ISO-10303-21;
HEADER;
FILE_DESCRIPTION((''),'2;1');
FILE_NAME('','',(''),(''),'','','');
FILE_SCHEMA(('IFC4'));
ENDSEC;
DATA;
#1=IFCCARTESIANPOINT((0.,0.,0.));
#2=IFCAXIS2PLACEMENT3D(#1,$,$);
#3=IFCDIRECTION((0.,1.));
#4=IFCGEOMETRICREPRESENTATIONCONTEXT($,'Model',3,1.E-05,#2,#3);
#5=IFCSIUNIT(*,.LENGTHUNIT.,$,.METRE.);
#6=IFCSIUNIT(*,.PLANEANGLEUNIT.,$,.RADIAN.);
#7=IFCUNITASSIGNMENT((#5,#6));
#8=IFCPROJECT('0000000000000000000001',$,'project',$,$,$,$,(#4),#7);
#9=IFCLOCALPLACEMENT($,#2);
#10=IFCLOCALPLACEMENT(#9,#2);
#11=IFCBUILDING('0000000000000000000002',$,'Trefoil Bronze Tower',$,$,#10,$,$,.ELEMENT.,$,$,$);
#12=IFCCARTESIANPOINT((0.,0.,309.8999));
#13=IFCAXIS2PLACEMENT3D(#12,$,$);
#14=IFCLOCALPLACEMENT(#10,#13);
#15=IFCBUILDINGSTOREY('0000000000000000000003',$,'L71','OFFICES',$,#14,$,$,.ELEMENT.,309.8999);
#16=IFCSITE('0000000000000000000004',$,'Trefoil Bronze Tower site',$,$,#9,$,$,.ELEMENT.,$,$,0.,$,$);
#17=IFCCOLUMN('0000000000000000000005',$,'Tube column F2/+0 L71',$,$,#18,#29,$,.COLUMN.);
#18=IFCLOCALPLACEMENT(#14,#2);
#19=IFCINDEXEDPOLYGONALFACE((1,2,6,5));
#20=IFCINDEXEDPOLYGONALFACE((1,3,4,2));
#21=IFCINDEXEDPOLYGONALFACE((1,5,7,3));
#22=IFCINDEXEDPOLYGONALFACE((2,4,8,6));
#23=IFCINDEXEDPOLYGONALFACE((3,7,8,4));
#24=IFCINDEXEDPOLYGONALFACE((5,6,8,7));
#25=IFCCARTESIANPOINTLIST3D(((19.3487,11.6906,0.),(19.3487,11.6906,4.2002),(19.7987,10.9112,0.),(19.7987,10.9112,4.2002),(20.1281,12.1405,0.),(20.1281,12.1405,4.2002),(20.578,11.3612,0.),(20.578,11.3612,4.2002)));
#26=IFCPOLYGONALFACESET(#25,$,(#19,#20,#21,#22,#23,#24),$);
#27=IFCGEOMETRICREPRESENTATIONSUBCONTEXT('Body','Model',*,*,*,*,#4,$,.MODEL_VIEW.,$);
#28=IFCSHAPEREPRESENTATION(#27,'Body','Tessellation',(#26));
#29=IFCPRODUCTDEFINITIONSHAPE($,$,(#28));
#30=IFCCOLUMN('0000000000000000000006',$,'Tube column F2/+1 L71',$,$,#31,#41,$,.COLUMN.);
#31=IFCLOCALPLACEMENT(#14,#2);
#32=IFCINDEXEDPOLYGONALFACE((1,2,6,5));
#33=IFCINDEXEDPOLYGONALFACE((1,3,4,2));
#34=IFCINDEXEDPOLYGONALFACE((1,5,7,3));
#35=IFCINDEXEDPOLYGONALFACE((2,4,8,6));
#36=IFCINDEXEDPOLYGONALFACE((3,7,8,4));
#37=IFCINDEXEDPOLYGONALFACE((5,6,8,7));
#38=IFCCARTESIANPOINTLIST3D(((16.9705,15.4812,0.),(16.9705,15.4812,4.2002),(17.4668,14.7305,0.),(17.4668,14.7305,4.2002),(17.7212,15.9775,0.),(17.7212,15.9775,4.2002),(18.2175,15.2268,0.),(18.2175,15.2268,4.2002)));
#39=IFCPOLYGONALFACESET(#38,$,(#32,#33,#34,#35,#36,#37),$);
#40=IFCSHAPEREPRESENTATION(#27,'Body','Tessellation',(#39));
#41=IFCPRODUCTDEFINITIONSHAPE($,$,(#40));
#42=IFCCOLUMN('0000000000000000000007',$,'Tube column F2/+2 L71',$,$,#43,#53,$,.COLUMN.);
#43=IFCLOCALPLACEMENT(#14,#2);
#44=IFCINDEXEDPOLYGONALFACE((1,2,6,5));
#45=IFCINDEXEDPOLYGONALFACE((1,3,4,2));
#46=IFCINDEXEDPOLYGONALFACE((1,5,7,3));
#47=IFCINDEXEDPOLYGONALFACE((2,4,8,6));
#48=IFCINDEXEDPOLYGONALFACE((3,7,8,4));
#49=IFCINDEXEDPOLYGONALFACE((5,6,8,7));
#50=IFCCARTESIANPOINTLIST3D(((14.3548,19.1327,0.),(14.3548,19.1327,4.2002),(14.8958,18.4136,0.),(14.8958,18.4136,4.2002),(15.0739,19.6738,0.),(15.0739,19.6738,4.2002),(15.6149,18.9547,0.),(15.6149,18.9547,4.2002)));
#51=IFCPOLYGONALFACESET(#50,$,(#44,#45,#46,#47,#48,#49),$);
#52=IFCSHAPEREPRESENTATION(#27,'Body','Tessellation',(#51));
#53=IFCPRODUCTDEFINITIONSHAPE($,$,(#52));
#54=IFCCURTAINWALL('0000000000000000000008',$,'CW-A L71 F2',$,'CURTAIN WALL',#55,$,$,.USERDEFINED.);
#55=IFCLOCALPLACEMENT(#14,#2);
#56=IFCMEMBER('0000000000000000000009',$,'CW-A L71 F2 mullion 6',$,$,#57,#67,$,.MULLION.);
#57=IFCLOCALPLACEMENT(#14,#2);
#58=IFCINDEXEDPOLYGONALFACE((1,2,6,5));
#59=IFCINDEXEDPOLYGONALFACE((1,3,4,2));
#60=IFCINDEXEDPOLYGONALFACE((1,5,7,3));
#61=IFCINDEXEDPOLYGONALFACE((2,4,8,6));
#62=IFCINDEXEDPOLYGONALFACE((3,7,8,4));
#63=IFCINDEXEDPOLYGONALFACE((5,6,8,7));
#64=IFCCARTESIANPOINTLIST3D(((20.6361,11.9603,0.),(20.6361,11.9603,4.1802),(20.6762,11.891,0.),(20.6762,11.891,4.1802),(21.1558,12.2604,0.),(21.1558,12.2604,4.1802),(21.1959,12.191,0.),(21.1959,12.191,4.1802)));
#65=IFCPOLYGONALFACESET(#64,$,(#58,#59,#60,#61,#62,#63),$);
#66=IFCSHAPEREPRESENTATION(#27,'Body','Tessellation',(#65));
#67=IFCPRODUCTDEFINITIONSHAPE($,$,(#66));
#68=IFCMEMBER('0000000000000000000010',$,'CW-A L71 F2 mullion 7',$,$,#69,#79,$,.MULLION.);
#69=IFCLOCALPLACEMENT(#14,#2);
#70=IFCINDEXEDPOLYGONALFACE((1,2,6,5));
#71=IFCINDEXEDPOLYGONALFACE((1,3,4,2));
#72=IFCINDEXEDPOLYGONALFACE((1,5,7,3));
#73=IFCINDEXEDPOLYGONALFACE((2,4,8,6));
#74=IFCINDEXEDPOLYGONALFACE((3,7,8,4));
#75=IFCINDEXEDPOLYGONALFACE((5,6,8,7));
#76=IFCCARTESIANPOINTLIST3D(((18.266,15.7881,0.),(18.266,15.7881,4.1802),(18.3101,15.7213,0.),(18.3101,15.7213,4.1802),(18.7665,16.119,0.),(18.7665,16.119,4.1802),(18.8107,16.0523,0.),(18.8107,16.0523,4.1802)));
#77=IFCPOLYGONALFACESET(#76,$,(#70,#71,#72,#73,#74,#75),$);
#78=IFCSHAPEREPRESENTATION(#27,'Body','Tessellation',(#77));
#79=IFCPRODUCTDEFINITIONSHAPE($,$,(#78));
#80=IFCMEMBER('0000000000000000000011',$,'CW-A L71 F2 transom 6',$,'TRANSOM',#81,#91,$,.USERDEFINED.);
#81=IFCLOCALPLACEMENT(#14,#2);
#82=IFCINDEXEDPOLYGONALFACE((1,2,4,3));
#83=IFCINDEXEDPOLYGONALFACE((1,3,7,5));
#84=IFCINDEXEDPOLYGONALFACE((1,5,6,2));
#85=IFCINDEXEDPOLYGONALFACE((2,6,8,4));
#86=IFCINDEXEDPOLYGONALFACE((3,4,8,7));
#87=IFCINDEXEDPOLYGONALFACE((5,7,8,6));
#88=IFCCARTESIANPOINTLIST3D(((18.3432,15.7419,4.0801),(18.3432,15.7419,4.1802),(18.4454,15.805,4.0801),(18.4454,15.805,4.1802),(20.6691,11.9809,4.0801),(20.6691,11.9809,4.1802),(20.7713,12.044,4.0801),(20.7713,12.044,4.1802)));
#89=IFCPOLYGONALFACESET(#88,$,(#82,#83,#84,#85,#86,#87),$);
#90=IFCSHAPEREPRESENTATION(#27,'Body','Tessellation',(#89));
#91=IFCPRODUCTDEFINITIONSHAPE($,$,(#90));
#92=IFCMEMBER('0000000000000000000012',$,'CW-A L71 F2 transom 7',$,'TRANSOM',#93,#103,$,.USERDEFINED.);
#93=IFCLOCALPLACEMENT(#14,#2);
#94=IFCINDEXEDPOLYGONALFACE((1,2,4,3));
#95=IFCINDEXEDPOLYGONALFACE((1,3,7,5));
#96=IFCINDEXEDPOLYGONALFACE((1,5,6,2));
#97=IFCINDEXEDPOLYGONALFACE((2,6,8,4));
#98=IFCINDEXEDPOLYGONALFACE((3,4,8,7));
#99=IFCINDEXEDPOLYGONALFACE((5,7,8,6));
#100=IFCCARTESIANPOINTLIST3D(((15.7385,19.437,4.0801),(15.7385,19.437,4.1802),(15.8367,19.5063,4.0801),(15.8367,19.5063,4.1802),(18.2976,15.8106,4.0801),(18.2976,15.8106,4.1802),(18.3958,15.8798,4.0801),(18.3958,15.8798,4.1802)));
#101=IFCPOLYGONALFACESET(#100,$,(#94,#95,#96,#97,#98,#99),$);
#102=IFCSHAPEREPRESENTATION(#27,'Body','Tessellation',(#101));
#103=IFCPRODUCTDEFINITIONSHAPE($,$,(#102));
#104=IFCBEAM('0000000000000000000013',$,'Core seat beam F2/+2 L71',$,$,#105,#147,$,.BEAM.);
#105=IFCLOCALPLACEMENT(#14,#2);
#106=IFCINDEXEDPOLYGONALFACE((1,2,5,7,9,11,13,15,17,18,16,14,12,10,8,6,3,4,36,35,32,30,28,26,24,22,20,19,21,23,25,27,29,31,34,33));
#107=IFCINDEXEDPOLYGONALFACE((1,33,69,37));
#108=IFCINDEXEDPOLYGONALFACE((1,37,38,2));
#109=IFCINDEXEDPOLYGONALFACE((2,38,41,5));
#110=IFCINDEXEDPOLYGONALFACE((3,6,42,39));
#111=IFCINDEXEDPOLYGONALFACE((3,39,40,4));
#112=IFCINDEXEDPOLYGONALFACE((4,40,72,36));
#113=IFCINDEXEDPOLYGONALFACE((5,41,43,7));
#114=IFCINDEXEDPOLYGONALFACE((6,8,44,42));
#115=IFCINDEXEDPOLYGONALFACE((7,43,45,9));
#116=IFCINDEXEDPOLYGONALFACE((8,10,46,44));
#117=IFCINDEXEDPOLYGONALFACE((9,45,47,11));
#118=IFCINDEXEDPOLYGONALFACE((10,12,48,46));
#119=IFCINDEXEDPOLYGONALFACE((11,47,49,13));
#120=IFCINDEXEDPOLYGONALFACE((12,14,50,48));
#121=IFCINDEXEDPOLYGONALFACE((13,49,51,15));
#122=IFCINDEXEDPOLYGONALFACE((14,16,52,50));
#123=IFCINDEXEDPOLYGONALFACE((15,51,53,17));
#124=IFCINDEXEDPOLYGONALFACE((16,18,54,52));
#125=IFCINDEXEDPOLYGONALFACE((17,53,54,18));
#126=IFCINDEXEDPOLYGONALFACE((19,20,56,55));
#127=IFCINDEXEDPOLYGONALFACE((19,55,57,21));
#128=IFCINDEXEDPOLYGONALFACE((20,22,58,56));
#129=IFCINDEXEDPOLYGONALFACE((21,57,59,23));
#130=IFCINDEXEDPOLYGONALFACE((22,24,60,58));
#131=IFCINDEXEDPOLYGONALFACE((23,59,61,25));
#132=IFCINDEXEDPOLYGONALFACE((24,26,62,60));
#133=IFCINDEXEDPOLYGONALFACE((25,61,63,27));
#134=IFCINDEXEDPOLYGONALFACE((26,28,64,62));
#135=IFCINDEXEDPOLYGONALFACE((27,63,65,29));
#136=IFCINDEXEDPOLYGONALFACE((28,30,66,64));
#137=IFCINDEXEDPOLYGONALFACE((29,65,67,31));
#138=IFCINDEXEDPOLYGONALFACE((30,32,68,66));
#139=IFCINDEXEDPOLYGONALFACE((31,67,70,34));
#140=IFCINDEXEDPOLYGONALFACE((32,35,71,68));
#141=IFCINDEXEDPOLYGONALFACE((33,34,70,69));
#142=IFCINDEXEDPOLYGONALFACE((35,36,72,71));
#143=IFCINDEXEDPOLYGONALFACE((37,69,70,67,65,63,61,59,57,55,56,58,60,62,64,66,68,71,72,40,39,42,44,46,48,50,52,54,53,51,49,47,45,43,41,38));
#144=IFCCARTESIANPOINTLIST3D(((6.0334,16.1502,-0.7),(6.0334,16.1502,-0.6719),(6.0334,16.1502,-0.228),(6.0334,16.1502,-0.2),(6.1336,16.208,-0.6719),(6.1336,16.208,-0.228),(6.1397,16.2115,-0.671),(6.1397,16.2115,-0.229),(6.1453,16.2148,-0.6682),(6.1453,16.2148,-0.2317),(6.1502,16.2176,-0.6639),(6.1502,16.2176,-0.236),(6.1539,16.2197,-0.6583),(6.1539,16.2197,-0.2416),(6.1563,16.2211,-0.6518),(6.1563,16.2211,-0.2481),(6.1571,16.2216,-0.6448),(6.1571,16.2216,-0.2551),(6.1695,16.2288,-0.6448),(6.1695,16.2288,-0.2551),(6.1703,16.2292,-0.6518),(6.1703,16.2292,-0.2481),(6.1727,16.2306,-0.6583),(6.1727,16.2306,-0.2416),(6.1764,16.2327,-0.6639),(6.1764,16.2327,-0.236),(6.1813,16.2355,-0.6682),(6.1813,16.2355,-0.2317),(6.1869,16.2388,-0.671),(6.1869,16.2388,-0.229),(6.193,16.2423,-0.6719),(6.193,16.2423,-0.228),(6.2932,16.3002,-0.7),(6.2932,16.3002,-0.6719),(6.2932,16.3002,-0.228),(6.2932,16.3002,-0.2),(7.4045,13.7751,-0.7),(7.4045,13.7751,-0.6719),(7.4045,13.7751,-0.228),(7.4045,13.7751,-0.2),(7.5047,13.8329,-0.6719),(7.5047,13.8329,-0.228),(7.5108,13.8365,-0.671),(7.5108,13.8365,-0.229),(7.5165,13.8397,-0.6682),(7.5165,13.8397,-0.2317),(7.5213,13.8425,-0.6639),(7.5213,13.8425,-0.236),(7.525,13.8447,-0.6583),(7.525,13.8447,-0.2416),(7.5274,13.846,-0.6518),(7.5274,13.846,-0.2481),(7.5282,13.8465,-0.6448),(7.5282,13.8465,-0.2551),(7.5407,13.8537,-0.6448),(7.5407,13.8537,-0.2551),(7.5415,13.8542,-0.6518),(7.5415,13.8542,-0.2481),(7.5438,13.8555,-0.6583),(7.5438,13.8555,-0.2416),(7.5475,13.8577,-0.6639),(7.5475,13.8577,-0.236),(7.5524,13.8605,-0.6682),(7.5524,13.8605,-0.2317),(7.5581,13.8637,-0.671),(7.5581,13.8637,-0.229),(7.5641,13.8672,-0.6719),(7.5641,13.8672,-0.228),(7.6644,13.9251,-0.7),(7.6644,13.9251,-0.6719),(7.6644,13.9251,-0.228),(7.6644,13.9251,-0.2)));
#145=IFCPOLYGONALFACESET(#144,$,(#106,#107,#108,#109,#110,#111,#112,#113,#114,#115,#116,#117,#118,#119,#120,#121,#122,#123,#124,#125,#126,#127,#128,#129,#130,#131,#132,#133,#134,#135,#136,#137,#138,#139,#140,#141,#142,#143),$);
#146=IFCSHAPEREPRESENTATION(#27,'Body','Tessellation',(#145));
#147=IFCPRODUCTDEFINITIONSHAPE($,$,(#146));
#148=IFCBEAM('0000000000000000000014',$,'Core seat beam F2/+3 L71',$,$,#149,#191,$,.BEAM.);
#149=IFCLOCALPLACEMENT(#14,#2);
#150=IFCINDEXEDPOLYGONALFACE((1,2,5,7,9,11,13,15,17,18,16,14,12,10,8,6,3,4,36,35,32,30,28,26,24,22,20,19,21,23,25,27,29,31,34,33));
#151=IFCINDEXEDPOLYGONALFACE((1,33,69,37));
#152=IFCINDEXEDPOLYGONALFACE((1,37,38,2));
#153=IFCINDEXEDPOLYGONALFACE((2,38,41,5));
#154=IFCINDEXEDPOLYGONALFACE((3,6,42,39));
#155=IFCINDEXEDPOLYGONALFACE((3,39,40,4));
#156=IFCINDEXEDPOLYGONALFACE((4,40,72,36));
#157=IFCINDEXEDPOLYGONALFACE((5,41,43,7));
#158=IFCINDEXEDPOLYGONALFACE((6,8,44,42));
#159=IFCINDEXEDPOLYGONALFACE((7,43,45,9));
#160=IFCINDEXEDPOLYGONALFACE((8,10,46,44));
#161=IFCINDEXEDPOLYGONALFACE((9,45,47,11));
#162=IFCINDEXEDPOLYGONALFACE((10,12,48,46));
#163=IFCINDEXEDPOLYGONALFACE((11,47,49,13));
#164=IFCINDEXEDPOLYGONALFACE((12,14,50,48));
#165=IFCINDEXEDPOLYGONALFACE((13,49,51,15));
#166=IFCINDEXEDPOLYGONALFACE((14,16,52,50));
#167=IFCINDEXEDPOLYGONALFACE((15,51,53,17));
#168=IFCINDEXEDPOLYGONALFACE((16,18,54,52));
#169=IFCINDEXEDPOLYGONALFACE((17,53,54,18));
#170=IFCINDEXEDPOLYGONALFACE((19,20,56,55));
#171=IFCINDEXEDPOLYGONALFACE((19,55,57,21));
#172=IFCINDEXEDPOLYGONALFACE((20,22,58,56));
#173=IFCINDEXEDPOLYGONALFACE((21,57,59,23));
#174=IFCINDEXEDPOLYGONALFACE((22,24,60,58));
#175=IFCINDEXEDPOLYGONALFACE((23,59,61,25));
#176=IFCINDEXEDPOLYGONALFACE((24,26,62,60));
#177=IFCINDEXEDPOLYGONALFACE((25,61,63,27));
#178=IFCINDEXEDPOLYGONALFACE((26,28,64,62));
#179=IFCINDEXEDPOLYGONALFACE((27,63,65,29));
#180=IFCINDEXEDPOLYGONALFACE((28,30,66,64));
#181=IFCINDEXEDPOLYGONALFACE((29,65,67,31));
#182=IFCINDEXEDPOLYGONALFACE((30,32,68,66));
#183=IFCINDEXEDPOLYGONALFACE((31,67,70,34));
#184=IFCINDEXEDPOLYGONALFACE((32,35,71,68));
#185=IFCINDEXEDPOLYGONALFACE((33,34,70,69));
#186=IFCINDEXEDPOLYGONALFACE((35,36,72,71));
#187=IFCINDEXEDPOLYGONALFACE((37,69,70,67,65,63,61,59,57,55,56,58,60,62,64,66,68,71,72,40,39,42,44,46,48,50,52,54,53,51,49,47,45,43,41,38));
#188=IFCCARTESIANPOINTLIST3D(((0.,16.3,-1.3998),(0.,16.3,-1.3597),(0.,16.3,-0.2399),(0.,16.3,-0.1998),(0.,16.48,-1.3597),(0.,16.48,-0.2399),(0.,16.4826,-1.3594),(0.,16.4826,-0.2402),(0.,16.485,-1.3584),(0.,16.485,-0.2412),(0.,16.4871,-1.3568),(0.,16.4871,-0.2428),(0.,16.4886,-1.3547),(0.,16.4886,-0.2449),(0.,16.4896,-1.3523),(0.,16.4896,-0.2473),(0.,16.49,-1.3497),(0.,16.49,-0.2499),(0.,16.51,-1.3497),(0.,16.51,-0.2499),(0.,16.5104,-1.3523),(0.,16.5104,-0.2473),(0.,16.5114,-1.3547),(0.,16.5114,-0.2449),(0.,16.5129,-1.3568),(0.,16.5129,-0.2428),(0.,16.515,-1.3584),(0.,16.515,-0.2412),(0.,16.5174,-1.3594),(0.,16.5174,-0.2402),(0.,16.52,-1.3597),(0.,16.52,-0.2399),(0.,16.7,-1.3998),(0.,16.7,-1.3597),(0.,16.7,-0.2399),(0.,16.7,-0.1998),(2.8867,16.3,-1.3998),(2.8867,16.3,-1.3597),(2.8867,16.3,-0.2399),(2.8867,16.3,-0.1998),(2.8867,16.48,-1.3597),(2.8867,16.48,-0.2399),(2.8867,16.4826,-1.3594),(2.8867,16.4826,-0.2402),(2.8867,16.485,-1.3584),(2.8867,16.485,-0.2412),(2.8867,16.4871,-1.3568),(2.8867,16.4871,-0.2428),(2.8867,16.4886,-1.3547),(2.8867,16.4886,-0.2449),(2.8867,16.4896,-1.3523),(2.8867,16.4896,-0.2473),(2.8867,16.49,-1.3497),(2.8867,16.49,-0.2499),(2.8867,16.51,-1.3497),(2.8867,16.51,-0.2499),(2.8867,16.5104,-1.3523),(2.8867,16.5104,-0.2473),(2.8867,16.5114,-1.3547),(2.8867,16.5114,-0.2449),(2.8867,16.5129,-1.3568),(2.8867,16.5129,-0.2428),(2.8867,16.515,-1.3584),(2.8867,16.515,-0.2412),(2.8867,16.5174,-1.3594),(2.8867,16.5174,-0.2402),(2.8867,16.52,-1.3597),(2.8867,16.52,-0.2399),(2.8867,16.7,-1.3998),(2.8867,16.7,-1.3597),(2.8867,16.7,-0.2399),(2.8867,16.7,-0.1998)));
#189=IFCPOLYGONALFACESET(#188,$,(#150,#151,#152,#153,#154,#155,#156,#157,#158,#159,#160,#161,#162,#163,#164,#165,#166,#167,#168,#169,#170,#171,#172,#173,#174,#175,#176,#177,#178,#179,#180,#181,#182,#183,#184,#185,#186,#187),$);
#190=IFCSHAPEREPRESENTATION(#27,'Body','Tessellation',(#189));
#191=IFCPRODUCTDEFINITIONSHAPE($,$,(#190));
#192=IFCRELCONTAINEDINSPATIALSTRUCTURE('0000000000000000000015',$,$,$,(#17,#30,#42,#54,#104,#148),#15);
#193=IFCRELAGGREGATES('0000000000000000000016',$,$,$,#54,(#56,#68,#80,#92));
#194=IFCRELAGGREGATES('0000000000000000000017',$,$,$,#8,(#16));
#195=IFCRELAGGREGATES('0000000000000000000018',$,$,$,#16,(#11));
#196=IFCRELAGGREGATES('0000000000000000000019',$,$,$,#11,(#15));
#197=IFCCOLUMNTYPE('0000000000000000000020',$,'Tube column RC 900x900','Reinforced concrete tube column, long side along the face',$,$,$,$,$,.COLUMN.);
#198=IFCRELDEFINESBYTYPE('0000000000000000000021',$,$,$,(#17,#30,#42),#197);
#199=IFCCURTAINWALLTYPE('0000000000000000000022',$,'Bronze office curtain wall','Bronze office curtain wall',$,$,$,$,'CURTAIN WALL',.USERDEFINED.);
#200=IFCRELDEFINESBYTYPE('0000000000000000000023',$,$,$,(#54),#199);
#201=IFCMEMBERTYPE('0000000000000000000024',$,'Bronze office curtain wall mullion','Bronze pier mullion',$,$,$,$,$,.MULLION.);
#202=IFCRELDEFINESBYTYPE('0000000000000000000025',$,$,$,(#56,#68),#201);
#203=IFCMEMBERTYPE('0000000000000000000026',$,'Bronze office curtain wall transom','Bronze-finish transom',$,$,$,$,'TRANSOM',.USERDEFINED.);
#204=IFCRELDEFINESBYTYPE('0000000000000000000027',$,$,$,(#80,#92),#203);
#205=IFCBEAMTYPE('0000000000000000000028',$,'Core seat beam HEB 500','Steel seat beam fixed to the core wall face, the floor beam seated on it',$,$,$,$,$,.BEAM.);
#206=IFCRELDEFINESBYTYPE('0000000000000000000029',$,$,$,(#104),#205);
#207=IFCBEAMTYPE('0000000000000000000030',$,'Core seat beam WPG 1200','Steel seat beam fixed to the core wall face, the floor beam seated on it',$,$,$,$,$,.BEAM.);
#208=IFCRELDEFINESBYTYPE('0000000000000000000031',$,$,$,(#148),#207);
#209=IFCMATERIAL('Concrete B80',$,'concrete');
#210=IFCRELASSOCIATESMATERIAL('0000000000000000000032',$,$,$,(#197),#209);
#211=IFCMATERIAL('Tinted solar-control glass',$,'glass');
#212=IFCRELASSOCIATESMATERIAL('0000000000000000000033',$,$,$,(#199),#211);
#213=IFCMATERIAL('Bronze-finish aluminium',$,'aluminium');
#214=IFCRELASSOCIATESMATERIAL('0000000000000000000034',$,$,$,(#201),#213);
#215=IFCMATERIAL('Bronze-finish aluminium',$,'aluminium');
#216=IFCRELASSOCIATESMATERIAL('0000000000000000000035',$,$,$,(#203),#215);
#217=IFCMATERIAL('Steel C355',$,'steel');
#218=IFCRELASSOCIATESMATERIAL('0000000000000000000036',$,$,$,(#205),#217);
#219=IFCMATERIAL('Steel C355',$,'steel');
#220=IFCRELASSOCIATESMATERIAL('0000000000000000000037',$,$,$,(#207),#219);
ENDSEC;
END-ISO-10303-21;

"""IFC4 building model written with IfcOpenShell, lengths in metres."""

from ifc_helpers import new_model, si_unit, direction, frame, origin, origin_2d, place, context, subcontext, project, spatial, rectangle, i_section, extrude, material, material_profile, profile_set, type_object, element, aggregate, save


model = new_model("IFC4")

# Units and contexts
model_context = context("Model", 3, precision=1e-05, world=origin(), true_north=direction((0.0, 1.0)))
body_context = subcontext(model_context, "Body", "Model", "MODEL_VIEW")
ifc_project = project(units=[si_unit("LENGTHUNIT", "METRE"), si_unit("PLANEANGLEUNIT", "RADIAN")], contexts=[model_context])

# Site, building, storey
site_placement = place(None, origin())
site = spatial("IfcSite", under=ifc_project, at=site_placement, Name="Trefoil Bronze Tower site", CompositionType="ELEMENT", RefElevation=0.0)
building_placement = place(site_placement, origin())
building = spatial("IfcBuilding", under=site, at=building_placement, Name="Trefoil Bronze Tower", CompositionType="ELEMENT")
storey_placement = place(building_placement, frame((0.0, 0.0, 309.8999)))
storey = spatial("IfcBuildingStorey", under=building, at=storey_placement, Name="L71", Description="OFFICES", CompositionType="ELEMENT", Elevation=309.8999)

# Columns
ifc_material_1 = material(Name="Concrete B80", Category="concrete")
ifc_material_profile_1 = material_profile(ifc_material_1, rectangle(XDim=0.8999, YDim=0.8999, at=origin_2d()), Name="RC 900x900")
ifc_profile_set_1 = profile_set([ifc_material_profile_1], Name="Concrete B80")
column_type = type_object("IfcColumnType", Name="Tube column RC 900x900", Description="Reinforced concrete tube column, long side along the face", PredefinedType="COLUMN", material=ifc_profile_set_1)
for number, where, z_axis, x_axis, name in (
    (1, (19.9634, 11.5259, 0.0), (0.0, 0.0, 1.0), (-0.5, 0.866025, 0.0), "Tube column F2/+0 L71"),
    (2, (17.594, 15.354, 0.0), (0.0, 0.0, 1.0), (-0.551524, 0.834159, 0.0), "Tube column F2/+1 L71"),
    (3, (14.9849, 19.0437, 0.0), (0.0, 0.0, 1.0), (-0.601203, 0.799096, 0.0), "Tube column F2/+2 L71"),
):
    element("IfcColumn", number, at=place(storey_placement, frame(where, z_axis=z_axis, x_axis=x_axis)), inside=storey, type_object=column_type, Name=name, PredefinedType="COLUMN", context=body_context, shape_type="SweptSolid", body=[
        extrude(rectangle(XDim=0.8999, YDim=0.8999, at=origin_2d()), origin(), (0.0, 0.0, 1.0), 4.2002),
    ])

# Curtain wall, members
ifc_material_2 = material(Name="Tinted solar-control glass", Category="glass")
curtain_wall_type = type_object("IfcCurtainWallType", Name="Bronze office curtain wall", Description="Bronze office curtain wall", ElementType="CURTAIN WALL", PredefinedType="USERDEFINED", material=ifc_material_2)
curtain_wall_placement = place(storey_placement, origin())
curtain_wall = element("IfcCurtainWall", 4, at=curtain_wall_placement, inside=storey, type_object=curtain_wall_type, Name="CW-A L71 F2", ObjectType="CURTAIN WALL", PredefinedType="USERDEFINED")
ifc_material_3 = material(Name="Bronze-finish aluminium", Category="aluminium")
ifc_material_profile_2 = material_profile(ifc_material_3, rectangle(XDim=0.6001, YDim=0.0801, at=origin_2d()), Name="CW-A mullion")
ifc_profile_set_2 = profile_set([ifc_material_profile_2], Name="Bronze-finish aluminium")
member_type_1 = type_object("IfcMemberType", Name="Bronze office curtain wall mullion", Description="Bronze pier mullion", PredefinedType="MULLION", material=ifc_profile_set_2)
member_1_placement = place(storey_placement, frame((20.916, 12.0757, 0.0), z_axis=(0.0, 0.0, 1.0), x_axis=(-0.866025, -0.5, 0.0)))
member_1 = element("IfcMember", 5, at=member_1_placement, type_object=member_type_1, Name="CW-A L71 F2 mullion 6", PredefinedType="MULLION", context=body_context, shape_type="SweptSolid", body=[
    extrude(rectangle(XDim=0.6001, YDim=0.0801, at=origin_2d()), origin(), (0.0, 0.0, 1.0), 4.1802),
])
member_2_placement = place(storey_placement, frame((18.5383, 15.9202, 0.0), z_axis=(0.0, 0.0, 1.0), x_axis=(-0.834159, -0.551524, 0.0)))
member_2 = element("IfcMember", 6, at=member_2_placement, type_object=member_type_1, Name="CW-A L71 F2 mullion 7", PredefinedType="MULLION", context=body_context, shape_type="SweptSolid", body=[
    extrude(rectangle(XDim=0.6001, YDim=0.0801, at=origin_2d()), origin(), (0.0, 0.0, 1.0), 4.1802),
])
ifc_material_4 = material(Name="Bronze-finish aluminium", Category="aluminium")
ifc_material_profile_3 = material_profile(ifc_material_4, rectangle(XDim=0.1201, YDim=0.1001, at=origin_2d()), Name="CW-A transom")
ifc_profile_set_3 = profile_set([ifc_material_profile_3], Name="Bronze-finish aluminium")
member_type_2 = type_object("IfcMemberType", Name="Bronze office curtain wall transom", Description="Bronze-finish transom", ElementType="TRANSOM", PredefinedType="USERDEFINED", material=ifc_profile_set_3)
member_3_placement = place(storey_placement, frame((20.7202, 12.0125, 4.1301), z_axis=(-0.525978, 0.850498, 0.0), x_axis=(-0.850498, -0.525978, 0.0)))
member_3 = element("IfcMember", 7, at=member_3_placement, type_object=member_type_2, Name="CW-A L71 F2 transom 6", ObjectType="TRANSOM", PredefinedType="USERDEFINED", context=body_context, shape_type="SweptSolid", body=[
    extrude(rectangle(XDim=0.1201, YDim=0.1001, at=origin_2d()), origin(), (0.0, 0.0, 1.0), 4.4221),
])
member_4_placement = place(storey_placement, frame((18.3467, 15.8452, 4.1301), z_axis=(-0.576567, 0.81705, 0.0), x_axis=(-0.81705, -0.576567, 0.0)))
member_4 = element("IfcMember", 8, at=member_4_placement, type_object=member_type_2, Name="CW-A L71 F2 transom 7", ObjectType="TRANSOM", PredefinedType="USERDEFINED", context=body_context, shape_type="SweptSolid", body=[
    extrude(rectangle(XDim=0.1201, YDim=0.1001, at=origin_2d()), origin(), (0.0, 0.0, 1.0), 4.4385),
])

# Beams
ifc_material_5 = material(Name="Steel C355", Category="steel")
ifc_material_profile_4 = material_profile(ifc_material_5, i_section(OverallWidth=0.3, OverallDepth=0.5, WebThickness=0.0144, FlangeThickness=0.0281, FilletRadius=0.0271, at=origin_2d()), Name="HEB 500")
ifc_profile_set_4 = profile_set([ifc_material_profile_4], Name="Steel C355")
beam_type_1 = type_object("IfcBeamType", Name="Core seat beam HEB 500", Description="Steel seat beam fixed to the core wall face, the floor beam seated on it", PredefinedType="BEAM", material=ifc_profile_set_4)
beam_1_placement = place(storey_placement, frame((7.5344, 13.8501, -0.45), z_axis=(-0.499969, 0.866043, 0.0), x_axis=(-0.866043, -0.499969, 0.0)))
element("IfcBeam", 9, at=beam_1_placement, inside=storey, type_object=beam_type_1, Name="Core seat beam F2/+2 L71", PredefinedType="BEAM", context=body_context, shape_type="SweptSolid", body=[
    extrude(i_section(OverallWidth=0.3, OverallDepth=0.5, WebThickness=0.0144, FlangeThickness=0.0281, FilletRadius=0.0271, at=origin_2d()), origin(), (0.0, 0.0, 1.0), 2.7424),
])
ifc_material_6 = material(Name="Steel C355", Category="steel")
ifc_material_profile_5 = material_profile(ifc_material_6, i_section(OverallWidth=0.3999, OverallDepth=1.2, WebThickness=0.02, FlangeThickness=0.04, FilletRadius=0.01, at=origin_2d()), Name="WPG 1200")
ifc_profile_set_5 = profile_set([ifc_material_profile_5], Name="Steel C355")
beam_type_2 = type_object("IfcBeamType", Name="Core seat beam WPG 1200", Description="Steel seat beam fixed to the core wall face, the floor beam seated on it", PredefinedType="BEAM", material=ifc_profile_set_5)
beam_2_placement = place(storey_placement, frame((2.8867, 16.5, -0.7998), z_axis=(-1.0, 0.0, 0.0), x_axis=(0.0, -1.0, 0.0)))
element("IfcBeam", 10, at=beam_2_placement, inside=storey, type_object=beam_type_2, Name="Core seat beam F2/+3 L71", PredefinedType="BEAM", context=body_context, shape_type="SweptSolid", body=[
    extrude(i_section(OverallWidth=0.3999, OverallDepth=1.2, WebThickness=0.02, FlangeThickness=0.04, FilletRadius=0.01, at=origin_2d()), origin(), (0.0, 0.0, 1.0), 2.8867),
])

aggregate(curtain_wall, [member_1, member_2, member_3, member_4])

save(model, "model.ifc")
